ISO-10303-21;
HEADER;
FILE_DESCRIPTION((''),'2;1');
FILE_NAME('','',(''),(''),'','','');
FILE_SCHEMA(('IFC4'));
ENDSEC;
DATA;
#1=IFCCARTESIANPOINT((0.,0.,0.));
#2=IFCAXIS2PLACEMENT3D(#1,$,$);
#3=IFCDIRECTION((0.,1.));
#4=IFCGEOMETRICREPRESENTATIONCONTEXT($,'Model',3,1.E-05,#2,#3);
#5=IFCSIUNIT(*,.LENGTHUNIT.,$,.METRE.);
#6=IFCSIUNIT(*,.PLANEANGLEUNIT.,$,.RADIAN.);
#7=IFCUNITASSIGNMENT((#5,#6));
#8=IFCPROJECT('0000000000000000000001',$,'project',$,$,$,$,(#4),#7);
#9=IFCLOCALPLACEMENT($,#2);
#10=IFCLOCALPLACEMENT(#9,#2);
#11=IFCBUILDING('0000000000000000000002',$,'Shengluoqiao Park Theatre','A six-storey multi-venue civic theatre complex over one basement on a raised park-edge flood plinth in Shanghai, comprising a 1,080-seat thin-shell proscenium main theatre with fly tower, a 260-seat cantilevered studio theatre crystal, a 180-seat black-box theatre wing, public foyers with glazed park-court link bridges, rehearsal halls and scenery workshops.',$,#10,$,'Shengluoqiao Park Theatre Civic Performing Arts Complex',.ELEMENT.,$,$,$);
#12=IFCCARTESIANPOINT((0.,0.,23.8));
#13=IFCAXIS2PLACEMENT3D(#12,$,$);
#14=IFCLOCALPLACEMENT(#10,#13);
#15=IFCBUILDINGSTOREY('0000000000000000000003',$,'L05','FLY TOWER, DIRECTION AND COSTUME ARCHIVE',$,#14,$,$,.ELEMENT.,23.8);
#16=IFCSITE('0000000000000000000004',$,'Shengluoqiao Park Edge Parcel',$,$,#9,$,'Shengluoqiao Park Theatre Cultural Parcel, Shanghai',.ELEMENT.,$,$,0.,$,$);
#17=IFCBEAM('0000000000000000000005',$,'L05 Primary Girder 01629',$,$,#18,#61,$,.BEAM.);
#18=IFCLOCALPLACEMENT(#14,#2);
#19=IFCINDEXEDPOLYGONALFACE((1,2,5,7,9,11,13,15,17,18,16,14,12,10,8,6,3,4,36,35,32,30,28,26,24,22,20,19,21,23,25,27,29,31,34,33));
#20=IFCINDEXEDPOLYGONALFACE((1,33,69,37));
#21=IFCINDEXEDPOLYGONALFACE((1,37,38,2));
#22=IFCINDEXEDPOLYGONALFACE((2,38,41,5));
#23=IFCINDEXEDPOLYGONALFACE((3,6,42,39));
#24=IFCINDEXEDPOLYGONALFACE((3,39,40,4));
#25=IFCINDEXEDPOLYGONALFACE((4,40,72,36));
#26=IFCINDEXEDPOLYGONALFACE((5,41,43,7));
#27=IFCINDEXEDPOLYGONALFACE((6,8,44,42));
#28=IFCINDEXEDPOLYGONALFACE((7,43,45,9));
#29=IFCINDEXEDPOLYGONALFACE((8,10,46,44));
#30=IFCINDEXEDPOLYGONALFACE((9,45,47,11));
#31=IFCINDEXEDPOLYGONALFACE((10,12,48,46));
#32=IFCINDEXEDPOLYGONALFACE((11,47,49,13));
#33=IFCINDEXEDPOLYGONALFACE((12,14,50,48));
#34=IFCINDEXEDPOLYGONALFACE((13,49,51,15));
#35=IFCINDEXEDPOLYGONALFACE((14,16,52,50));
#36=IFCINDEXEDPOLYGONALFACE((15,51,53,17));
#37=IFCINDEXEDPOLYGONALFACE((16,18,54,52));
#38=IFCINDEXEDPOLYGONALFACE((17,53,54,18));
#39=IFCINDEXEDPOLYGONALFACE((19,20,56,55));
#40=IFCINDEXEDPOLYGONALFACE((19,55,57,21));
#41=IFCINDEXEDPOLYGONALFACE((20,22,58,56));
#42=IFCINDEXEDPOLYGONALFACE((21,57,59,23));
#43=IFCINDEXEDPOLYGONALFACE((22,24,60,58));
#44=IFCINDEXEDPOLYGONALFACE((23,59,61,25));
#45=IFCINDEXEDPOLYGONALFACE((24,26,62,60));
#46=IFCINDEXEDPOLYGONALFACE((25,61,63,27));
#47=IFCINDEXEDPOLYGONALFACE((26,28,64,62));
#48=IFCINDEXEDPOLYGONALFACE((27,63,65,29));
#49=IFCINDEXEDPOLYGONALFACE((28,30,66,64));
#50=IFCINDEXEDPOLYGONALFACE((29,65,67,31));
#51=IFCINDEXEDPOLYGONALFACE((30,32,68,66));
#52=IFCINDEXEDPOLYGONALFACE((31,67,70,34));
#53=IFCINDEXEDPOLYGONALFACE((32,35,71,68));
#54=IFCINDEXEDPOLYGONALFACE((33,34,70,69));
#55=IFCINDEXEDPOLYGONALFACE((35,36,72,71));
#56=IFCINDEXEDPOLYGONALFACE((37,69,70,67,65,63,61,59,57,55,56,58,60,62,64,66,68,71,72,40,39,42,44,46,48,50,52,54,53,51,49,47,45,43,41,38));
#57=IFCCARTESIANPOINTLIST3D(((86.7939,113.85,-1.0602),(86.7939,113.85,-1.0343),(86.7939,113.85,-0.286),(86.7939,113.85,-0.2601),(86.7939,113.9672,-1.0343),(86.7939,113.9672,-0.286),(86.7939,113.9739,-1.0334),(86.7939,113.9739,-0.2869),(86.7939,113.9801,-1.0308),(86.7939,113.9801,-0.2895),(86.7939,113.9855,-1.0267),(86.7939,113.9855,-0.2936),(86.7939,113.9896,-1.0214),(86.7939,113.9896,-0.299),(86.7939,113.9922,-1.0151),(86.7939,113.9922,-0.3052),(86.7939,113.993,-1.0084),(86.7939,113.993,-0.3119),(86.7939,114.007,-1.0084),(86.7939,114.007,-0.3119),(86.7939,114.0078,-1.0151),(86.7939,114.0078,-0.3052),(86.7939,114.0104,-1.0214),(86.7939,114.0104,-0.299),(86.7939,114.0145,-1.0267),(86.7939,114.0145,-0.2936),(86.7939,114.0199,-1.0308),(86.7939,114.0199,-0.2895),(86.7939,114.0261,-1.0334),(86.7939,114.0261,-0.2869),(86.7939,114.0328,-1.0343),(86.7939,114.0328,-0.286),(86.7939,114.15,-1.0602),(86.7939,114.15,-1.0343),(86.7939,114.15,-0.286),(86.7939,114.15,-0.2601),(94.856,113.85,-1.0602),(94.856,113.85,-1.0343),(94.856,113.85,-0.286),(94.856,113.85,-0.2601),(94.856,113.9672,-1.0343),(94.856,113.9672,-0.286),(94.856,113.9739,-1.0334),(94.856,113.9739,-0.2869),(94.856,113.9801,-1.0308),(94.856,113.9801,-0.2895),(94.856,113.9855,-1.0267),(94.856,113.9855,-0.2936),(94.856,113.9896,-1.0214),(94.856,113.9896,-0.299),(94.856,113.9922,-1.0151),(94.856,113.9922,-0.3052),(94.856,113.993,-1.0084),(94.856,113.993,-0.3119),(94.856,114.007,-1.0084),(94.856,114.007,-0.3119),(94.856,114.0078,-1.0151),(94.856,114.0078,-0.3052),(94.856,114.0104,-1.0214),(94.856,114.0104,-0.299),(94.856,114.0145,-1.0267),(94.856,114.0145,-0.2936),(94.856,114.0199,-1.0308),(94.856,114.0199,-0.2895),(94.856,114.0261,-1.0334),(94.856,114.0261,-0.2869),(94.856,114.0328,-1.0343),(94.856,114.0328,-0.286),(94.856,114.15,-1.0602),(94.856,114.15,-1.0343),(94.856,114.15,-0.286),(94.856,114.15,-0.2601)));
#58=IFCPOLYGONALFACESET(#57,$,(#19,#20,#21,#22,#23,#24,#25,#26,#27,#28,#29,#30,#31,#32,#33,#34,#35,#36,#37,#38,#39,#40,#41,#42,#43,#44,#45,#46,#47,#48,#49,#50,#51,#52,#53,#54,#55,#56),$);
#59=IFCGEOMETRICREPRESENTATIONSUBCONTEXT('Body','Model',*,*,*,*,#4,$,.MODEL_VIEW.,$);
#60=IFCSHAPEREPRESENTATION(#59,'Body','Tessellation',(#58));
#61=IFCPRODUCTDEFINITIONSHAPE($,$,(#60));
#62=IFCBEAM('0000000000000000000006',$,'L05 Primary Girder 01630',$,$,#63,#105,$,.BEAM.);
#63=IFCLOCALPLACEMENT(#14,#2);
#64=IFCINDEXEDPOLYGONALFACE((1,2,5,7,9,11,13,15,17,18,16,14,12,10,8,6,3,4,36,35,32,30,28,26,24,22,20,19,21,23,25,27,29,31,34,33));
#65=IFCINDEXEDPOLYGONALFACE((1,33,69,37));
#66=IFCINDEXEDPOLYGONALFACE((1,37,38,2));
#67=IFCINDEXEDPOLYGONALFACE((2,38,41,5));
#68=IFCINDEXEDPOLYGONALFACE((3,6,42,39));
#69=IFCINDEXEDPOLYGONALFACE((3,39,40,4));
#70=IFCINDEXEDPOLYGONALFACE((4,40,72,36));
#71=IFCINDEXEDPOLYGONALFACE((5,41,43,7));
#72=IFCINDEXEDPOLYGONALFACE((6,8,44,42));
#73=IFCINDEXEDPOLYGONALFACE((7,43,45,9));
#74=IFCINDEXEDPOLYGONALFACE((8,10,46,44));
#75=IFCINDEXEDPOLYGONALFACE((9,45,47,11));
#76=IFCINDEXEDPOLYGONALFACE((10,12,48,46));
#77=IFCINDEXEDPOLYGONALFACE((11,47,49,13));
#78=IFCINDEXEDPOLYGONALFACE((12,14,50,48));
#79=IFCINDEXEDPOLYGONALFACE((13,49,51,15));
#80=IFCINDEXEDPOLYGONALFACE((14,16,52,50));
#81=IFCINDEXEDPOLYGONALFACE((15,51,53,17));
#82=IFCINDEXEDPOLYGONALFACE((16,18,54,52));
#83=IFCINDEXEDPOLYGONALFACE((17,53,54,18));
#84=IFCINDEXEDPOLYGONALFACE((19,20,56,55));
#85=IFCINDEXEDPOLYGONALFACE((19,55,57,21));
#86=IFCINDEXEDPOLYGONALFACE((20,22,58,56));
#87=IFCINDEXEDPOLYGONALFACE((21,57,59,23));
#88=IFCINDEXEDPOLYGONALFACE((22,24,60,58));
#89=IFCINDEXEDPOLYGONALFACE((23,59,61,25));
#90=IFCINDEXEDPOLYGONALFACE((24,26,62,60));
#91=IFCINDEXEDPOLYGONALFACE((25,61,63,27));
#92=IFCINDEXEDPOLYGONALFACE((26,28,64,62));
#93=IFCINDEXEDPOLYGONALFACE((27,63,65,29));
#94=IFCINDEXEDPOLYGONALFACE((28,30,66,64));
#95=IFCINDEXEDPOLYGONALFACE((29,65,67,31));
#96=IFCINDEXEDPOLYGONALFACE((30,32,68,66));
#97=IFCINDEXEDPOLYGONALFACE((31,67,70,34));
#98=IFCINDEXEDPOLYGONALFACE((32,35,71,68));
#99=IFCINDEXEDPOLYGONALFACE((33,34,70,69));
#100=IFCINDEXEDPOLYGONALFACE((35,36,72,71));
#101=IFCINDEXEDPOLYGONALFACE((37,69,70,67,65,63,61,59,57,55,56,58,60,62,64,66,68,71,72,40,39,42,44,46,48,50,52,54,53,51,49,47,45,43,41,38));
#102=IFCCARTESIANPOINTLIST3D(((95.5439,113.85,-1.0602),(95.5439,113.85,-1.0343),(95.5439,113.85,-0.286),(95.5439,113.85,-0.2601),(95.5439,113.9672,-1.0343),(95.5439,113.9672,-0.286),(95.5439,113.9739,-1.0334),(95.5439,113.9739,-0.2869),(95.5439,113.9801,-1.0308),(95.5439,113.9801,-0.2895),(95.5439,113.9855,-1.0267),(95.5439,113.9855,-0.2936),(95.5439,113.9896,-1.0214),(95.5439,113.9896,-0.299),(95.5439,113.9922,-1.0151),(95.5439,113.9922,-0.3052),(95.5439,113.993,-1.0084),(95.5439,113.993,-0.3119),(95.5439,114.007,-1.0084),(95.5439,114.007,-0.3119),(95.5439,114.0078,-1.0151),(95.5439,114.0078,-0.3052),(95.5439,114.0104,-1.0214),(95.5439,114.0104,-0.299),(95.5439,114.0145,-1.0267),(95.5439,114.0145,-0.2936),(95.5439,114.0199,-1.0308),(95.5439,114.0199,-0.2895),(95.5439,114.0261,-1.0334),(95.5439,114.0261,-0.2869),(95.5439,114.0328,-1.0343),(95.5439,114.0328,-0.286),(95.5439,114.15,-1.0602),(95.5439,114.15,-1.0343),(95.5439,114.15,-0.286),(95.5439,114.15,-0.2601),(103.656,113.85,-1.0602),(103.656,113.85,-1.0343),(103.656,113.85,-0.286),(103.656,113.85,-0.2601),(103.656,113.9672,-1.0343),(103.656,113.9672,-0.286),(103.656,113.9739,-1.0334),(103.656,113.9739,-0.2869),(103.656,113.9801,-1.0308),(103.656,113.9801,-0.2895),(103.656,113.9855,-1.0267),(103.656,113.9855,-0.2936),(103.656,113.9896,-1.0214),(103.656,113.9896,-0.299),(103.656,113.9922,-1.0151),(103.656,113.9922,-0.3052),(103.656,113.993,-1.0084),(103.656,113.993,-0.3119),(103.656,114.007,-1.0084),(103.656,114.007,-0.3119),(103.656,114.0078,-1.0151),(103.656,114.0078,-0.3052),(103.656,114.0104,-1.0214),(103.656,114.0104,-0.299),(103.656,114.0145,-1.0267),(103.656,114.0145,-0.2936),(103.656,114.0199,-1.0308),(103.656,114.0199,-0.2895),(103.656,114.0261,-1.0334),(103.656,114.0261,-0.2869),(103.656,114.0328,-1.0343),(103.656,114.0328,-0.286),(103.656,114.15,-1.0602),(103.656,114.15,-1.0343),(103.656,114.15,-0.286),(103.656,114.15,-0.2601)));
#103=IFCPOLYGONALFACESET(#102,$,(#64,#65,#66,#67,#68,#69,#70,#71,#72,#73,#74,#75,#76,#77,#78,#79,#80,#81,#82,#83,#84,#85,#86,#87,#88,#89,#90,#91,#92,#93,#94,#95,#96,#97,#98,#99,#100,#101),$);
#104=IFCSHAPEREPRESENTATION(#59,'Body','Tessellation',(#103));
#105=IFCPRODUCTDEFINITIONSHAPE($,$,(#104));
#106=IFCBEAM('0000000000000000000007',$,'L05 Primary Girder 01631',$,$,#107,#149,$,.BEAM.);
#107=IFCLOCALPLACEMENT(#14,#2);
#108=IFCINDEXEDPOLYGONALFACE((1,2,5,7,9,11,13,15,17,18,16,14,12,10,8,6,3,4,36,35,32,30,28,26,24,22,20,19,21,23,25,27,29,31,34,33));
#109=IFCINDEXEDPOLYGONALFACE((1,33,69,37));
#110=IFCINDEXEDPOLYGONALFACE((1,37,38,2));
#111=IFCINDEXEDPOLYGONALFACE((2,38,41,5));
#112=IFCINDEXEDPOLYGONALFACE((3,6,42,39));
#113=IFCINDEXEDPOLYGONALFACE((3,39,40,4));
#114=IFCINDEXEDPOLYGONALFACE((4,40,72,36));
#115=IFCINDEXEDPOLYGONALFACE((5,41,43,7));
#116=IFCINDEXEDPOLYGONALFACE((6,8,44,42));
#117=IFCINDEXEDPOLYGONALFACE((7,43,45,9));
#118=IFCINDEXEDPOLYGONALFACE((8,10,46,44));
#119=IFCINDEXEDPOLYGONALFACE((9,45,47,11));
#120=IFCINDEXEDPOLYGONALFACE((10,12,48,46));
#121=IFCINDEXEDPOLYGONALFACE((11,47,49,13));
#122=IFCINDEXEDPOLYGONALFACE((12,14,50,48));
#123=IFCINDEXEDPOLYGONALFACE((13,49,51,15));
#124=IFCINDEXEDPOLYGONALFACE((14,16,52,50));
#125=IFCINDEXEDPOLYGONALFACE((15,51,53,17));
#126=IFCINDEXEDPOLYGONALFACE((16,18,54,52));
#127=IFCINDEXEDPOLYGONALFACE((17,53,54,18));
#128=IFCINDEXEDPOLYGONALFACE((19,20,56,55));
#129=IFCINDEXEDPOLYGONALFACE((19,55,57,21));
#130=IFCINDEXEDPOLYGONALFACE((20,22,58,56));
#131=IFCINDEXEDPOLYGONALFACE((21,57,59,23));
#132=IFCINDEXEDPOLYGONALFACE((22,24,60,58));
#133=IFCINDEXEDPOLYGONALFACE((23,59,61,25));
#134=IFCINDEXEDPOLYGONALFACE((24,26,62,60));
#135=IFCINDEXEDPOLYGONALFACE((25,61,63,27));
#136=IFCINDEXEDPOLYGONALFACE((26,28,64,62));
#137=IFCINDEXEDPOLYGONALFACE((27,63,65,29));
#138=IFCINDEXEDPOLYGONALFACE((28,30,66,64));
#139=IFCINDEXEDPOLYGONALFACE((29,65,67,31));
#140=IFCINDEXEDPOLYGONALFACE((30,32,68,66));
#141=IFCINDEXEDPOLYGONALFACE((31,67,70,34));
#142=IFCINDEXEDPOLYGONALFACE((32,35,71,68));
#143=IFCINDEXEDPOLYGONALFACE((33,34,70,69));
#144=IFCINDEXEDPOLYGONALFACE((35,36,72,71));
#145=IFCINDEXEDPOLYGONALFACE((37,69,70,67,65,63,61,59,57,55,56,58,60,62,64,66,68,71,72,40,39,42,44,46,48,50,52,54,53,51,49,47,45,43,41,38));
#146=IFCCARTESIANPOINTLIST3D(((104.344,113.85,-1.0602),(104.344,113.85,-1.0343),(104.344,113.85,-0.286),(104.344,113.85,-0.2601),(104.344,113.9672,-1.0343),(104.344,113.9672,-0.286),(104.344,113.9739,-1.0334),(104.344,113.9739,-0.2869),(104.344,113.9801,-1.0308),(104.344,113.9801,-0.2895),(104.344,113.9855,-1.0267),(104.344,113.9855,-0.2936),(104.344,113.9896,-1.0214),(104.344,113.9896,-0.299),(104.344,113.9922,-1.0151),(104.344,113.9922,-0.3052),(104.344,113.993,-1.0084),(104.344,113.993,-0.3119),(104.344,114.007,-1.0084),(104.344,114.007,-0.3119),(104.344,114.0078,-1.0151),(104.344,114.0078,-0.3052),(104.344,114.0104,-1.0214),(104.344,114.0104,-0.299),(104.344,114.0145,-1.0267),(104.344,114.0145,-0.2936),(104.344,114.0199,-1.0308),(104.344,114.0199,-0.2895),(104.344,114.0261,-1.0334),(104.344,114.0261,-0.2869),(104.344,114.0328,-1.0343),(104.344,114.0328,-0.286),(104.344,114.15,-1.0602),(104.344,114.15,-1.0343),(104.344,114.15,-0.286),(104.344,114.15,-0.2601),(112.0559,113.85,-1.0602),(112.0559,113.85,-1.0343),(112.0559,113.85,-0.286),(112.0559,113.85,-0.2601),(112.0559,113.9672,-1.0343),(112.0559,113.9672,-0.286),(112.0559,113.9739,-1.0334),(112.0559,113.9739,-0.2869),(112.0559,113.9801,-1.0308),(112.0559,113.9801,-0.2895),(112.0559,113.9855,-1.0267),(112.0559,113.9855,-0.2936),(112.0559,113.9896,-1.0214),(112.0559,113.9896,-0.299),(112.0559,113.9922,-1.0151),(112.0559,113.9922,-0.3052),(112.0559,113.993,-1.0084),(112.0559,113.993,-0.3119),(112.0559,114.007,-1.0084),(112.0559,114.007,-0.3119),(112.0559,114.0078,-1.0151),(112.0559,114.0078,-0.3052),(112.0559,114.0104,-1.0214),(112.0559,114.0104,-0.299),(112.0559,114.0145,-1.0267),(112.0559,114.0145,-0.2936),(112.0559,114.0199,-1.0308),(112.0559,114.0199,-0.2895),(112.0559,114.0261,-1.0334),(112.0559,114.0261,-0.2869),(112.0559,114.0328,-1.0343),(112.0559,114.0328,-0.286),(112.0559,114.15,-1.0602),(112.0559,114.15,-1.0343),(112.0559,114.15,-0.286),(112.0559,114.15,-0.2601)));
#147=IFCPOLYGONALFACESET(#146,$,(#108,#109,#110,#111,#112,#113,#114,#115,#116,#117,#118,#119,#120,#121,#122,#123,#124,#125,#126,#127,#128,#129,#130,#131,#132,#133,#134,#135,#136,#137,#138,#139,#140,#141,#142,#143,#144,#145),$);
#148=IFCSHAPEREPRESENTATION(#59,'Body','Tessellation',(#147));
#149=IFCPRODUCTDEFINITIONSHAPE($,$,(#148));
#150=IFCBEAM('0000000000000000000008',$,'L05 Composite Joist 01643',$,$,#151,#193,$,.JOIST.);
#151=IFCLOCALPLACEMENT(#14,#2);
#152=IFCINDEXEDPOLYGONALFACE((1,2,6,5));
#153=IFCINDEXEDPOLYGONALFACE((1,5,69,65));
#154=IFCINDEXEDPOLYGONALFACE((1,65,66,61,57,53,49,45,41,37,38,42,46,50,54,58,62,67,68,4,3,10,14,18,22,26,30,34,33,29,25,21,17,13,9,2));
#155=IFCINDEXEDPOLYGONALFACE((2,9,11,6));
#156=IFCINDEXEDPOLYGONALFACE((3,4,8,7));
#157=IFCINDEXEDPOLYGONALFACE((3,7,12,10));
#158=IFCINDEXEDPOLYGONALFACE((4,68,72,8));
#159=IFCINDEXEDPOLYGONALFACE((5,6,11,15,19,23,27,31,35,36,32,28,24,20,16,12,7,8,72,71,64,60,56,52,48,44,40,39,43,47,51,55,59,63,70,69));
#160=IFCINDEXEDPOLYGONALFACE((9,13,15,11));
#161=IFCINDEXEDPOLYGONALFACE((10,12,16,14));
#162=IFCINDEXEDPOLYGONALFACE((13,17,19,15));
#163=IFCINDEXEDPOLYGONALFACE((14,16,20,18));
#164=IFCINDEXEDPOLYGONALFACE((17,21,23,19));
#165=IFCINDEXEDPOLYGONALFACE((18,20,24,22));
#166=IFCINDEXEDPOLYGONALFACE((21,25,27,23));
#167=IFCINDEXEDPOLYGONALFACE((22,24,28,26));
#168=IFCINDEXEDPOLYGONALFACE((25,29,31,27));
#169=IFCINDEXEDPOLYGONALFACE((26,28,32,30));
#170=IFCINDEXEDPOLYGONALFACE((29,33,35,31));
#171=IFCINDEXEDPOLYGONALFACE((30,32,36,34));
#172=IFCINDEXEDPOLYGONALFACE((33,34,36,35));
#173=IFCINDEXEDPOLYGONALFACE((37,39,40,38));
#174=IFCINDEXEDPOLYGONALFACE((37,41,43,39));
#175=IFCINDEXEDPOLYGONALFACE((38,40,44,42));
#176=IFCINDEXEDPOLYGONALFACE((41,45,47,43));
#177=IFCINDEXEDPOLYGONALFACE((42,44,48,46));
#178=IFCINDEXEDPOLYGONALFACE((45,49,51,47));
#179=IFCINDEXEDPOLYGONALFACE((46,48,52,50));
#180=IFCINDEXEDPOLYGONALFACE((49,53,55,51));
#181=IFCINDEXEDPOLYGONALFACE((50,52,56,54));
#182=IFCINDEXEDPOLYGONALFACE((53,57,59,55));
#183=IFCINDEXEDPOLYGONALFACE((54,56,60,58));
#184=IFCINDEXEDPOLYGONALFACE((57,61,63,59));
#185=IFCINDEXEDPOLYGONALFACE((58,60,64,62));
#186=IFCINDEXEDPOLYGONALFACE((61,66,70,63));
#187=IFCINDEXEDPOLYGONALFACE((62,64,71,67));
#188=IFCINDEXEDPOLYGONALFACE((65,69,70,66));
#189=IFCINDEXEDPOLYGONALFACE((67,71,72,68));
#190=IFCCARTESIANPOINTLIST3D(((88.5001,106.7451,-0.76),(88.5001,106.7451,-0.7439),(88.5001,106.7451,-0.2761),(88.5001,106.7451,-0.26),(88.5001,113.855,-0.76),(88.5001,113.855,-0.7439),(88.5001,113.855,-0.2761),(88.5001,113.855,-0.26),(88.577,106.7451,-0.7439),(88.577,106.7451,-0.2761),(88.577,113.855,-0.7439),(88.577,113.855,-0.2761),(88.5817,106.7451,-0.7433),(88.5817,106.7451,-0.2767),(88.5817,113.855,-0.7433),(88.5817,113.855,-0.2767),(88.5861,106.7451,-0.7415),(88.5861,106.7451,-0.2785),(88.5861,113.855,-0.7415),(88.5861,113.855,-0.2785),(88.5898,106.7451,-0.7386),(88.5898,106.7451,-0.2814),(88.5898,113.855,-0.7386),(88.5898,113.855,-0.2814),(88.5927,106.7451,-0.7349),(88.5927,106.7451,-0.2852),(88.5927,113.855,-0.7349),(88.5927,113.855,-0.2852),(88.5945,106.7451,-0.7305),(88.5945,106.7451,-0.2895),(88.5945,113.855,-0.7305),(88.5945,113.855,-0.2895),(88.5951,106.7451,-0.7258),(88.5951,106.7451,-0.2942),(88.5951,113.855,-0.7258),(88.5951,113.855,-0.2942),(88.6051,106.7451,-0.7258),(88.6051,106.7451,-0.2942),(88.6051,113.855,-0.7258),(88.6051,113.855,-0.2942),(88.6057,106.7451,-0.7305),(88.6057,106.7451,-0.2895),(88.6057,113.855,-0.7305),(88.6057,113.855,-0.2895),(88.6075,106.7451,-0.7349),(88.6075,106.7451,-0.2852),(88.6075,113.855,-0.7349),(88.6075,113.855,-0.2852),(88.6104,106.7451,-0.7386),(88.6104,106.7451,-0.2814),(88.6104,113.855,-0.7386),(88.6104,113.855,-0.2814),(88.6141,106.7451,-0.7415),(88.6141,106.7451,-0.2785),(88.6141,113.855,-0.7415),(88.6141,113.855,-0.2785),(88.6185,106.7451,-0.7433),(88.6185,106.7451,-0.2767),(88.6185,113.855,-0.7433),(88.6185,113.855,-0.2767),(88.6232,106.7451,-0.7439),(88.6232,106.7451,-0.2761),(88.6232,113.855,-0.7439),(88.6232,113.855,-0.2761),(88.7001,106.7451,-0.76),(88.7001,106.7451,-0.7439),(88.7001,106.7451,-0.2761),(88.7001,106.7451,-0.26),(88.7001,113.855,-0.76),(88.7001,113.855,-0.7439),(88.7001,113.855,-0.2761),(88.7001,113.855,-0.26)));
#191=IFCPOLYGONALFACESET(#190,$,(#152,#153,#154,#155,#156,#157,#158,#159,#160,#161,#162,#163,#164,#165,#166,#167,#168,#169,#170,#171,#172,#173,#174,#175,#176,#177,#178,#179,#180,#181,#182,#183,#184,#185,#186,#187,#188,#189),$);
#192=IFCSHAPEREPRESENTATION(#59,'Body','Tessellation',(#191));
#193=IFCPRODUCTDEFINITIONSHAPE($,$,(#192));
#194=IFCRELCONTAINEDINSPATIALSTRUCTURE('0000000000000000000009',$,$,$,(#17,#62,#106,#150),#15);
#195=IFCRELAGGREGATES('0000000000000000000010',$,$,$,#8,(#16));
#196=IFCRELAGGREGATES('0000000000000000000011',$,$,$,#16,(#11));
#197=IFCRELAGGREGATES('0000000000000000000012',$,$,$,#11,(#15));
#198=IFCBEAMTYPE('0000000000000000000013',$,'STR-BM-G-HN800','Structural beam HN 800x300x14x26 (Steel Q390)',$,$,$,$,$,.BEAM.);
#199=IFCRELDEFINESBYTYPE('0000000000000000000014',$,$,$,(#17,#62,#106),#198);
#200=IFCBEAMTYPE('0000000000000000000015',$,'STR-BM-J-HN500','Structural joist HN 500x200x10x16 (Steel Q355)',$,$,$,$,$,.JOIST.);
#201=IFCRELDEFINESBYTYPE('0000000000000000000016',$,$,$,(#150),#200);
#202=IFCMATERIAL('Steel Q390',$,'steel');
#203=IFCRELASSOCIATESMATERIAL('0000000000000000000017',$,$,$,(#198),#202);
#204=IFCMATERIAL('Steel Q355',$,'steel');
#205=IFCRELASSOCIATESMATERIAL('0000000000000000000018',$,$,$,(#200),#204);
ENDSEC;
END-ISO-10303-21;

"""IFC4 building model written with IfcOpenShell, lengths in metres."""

from ifc_helpers import new_model, si_unit, direction, frame, origin, origin_2d, place, context, subcontext, project, spatial, i_section, extrude, material, material_profile, profile_set, type_object, element, save


model = new_model("IFC4")

# Units and contexts
model_context = context("Model", 3, precision=1e-05, world=origin(), true_north=direction((0.0, 1.0)))
body_context = subcontext(model_context, "Body", "Model", "MODEL_VIEW")
ifc_project = project(units=[si_unit("LENGTHUNIT", "METRE"), si_unit("PLANEANGLEUNIT", "RADIAN")], contexts=[model_context])

# Site, building, storey
site_placement = place(None, origin())
site = spatial("IfcSite", under=ifc_project, at=site_placement, Name="Shengluoqiao Park Edge Parcel", LongName="Shengluoqiao Park Theatre Cultural Parcel, Shanghai", CompositionType="ELEMENT", RefElevation=0.0)
building_placement = place(site_placement, origin())
building = spatial("IfcBuilding", under=site, at=building_placement, Name="Shengluoqiao Park Theatre", Description="A six-storey multi-venue civic theatre complex over one basement on a raised park-edge flood plinth in Shanghai, comprising a 1,080-seat thin-shell proscenium main theatre with fly tower, a 260-seat cantilevered studio theatre crystal, a 180-seat black-box theatre wing, public foyers with glazed park-court link bridges, rehearsal halls and scenery workshops.", LongName="Shengluoqiao Park Theatre Civic Performing Arts Complex", CompositionType="ELEMENT")
storey_placement = place(building_placement, frame((0.0, 0.0, 23.8)))
storey = spatial("IfcBuildingStorey", under=building, at=storey_placement, Name="L05", Description="FLY TOWER, DIRECTION AND COSTUME ARCHIVE", CompositionType="ELEMENT", Elevation=23.8)

# Beams
ifc_material_1 = material(Name="Steel Q355", Category="steel")
ifc_material_2 = material(Name="Steel Q390", Category="steel")
ifc_material_profile_1 = material_profile(ifc_material_2, i_section(OverallWidth=0.3, OverallDepth=0.8, WebThickness=0.0139, FlangeThickness=0.0259, FilletRadius=0.0259, at=origin_2d()), Name="HN 800x300x14x26")
ifc_profile_set_1 = profile_set([ifc_material_profile_1], Name="Steel Q390")
beam_type_1 = type_object("IfcBeamType", Name="STR-BM-G-HN800", Description="Structural beam HN 800x300x14x26 (Steel Q390)", PredefinedType="BEAM", material=ifc_profile_set_1)
beam_1_placement = place(storey_placement, frame((86.7939, 114.0, -0.6602), z_axis=(1.0, 0.0, 0.0), x_axis=(0.0, 1.0, 0.0)))
element("IfcBeam", 1, at=beam_1_placement, inside=storey, type_object=beam_type_1, Name="L05 Primary Girder 01629", PredefinedType="BEAM", context=body_context, shape_type="SweptSolid", body=[
    extrude(i_section(OverallWidth=0.3, OverallDepth=0.8, WebThickness=0.0139, FlangeThickness=0.0259, FilletRadius=0.0259, at=origin_2d()), origin(), (0.0, 0.0, 1.0), 8.062),
])
beam_2_placement = place(storey_placement, frame((95.5439, 114.0, -0.6602), z_axis=(1.0, 0.0, 0.0), x_axis=(0.0, 1.0, 0.0)))
element("IfcBeam", 2, at=beam_2_placement, inside=storey, type_object=beam_type_1, Name="L05 Primary Girder 01630", PredefinedType="BEAM", context=body_context, shape_type="SweptSolid", body=[
    extrude(i_section(OverallWidth=0.3, OverallDepth=0.8, WebThickness=0.0139, FlangeThickness=0.0259, FilletRadius=0.0259, at=origin_2d()), origin(), (0.0, 0.0, 1.0), 8.1121),
])
beam_3_placement = place(storey_placement, frame((104.344, 114.0, -0.6602), z_axis=(1.0, 0.0, 0.0), x_axis=(0.0, 1.0, 0.0)))
element("IfcBeam", 3, at=beam_3_placement, inside=storey, type_object=beam_type_1, Name="L05 Primary Girder 01631", PredefinedType="BEAM", context=body_context, shape_type="SweptSolid", body=[
    extrude(i_section(OverallWidth=0.3, OverallDepth=0.8, WebThickness=0.0139, FlangeThickness=0.0259, FilletRadius=0.0259, at=origin_2d()), origin(), (0.0, 0.0, 1.0), 7.7119),
])
ifc_material_profile_2 = material_profile(ifc_material_1, i_section(OverallWidth=0.2, OverallDepth=0.5, WebThickness=0.01, FlangeThickness=0.0161, FilletRadius=0.0181, at=origin_2d()), Name="HN 500x200x10x16")
ifc_profile_set_2 = profile_set([ifc_material_profile_2], Name="Steel Q355")
beam_type_2 = type_object("IfcBeamType", Name="STR-BM-J-HN500", Description="Structural joist HN 500x200x10x16 (Steel Q355)", PredefinedType="JOIST", material=ifc_profile_set_2)
for number, where, z_axis, x_axis, name in (
    (4, (88.6001, 106.7451, -0.51), (0.0, 1.0, 0.0), (-1.0, 0.0, 0.0), "L05 Composite Joist 01643"),
):
    element("IfcBeam", number, at=place(storey_placement, frame(where, z_axis=z_axis, x_axis=x_axis)), inside=storey, type_object=beam_type_2, Name=name, PredefinedType="JOIST", context=body_context, shape_type="SweptSolid", body=[
        extrude(i_section(OverallWidth=0.2, OverallDepth=0.5, WebThickness=0.01, FlangeThickness=0.0161, FilletRadius=0.0181, at=origin_2d()), origin(), (0.0, 0.0, 1.0), 7.1099),
    ])

save(model, "model.ifc")
